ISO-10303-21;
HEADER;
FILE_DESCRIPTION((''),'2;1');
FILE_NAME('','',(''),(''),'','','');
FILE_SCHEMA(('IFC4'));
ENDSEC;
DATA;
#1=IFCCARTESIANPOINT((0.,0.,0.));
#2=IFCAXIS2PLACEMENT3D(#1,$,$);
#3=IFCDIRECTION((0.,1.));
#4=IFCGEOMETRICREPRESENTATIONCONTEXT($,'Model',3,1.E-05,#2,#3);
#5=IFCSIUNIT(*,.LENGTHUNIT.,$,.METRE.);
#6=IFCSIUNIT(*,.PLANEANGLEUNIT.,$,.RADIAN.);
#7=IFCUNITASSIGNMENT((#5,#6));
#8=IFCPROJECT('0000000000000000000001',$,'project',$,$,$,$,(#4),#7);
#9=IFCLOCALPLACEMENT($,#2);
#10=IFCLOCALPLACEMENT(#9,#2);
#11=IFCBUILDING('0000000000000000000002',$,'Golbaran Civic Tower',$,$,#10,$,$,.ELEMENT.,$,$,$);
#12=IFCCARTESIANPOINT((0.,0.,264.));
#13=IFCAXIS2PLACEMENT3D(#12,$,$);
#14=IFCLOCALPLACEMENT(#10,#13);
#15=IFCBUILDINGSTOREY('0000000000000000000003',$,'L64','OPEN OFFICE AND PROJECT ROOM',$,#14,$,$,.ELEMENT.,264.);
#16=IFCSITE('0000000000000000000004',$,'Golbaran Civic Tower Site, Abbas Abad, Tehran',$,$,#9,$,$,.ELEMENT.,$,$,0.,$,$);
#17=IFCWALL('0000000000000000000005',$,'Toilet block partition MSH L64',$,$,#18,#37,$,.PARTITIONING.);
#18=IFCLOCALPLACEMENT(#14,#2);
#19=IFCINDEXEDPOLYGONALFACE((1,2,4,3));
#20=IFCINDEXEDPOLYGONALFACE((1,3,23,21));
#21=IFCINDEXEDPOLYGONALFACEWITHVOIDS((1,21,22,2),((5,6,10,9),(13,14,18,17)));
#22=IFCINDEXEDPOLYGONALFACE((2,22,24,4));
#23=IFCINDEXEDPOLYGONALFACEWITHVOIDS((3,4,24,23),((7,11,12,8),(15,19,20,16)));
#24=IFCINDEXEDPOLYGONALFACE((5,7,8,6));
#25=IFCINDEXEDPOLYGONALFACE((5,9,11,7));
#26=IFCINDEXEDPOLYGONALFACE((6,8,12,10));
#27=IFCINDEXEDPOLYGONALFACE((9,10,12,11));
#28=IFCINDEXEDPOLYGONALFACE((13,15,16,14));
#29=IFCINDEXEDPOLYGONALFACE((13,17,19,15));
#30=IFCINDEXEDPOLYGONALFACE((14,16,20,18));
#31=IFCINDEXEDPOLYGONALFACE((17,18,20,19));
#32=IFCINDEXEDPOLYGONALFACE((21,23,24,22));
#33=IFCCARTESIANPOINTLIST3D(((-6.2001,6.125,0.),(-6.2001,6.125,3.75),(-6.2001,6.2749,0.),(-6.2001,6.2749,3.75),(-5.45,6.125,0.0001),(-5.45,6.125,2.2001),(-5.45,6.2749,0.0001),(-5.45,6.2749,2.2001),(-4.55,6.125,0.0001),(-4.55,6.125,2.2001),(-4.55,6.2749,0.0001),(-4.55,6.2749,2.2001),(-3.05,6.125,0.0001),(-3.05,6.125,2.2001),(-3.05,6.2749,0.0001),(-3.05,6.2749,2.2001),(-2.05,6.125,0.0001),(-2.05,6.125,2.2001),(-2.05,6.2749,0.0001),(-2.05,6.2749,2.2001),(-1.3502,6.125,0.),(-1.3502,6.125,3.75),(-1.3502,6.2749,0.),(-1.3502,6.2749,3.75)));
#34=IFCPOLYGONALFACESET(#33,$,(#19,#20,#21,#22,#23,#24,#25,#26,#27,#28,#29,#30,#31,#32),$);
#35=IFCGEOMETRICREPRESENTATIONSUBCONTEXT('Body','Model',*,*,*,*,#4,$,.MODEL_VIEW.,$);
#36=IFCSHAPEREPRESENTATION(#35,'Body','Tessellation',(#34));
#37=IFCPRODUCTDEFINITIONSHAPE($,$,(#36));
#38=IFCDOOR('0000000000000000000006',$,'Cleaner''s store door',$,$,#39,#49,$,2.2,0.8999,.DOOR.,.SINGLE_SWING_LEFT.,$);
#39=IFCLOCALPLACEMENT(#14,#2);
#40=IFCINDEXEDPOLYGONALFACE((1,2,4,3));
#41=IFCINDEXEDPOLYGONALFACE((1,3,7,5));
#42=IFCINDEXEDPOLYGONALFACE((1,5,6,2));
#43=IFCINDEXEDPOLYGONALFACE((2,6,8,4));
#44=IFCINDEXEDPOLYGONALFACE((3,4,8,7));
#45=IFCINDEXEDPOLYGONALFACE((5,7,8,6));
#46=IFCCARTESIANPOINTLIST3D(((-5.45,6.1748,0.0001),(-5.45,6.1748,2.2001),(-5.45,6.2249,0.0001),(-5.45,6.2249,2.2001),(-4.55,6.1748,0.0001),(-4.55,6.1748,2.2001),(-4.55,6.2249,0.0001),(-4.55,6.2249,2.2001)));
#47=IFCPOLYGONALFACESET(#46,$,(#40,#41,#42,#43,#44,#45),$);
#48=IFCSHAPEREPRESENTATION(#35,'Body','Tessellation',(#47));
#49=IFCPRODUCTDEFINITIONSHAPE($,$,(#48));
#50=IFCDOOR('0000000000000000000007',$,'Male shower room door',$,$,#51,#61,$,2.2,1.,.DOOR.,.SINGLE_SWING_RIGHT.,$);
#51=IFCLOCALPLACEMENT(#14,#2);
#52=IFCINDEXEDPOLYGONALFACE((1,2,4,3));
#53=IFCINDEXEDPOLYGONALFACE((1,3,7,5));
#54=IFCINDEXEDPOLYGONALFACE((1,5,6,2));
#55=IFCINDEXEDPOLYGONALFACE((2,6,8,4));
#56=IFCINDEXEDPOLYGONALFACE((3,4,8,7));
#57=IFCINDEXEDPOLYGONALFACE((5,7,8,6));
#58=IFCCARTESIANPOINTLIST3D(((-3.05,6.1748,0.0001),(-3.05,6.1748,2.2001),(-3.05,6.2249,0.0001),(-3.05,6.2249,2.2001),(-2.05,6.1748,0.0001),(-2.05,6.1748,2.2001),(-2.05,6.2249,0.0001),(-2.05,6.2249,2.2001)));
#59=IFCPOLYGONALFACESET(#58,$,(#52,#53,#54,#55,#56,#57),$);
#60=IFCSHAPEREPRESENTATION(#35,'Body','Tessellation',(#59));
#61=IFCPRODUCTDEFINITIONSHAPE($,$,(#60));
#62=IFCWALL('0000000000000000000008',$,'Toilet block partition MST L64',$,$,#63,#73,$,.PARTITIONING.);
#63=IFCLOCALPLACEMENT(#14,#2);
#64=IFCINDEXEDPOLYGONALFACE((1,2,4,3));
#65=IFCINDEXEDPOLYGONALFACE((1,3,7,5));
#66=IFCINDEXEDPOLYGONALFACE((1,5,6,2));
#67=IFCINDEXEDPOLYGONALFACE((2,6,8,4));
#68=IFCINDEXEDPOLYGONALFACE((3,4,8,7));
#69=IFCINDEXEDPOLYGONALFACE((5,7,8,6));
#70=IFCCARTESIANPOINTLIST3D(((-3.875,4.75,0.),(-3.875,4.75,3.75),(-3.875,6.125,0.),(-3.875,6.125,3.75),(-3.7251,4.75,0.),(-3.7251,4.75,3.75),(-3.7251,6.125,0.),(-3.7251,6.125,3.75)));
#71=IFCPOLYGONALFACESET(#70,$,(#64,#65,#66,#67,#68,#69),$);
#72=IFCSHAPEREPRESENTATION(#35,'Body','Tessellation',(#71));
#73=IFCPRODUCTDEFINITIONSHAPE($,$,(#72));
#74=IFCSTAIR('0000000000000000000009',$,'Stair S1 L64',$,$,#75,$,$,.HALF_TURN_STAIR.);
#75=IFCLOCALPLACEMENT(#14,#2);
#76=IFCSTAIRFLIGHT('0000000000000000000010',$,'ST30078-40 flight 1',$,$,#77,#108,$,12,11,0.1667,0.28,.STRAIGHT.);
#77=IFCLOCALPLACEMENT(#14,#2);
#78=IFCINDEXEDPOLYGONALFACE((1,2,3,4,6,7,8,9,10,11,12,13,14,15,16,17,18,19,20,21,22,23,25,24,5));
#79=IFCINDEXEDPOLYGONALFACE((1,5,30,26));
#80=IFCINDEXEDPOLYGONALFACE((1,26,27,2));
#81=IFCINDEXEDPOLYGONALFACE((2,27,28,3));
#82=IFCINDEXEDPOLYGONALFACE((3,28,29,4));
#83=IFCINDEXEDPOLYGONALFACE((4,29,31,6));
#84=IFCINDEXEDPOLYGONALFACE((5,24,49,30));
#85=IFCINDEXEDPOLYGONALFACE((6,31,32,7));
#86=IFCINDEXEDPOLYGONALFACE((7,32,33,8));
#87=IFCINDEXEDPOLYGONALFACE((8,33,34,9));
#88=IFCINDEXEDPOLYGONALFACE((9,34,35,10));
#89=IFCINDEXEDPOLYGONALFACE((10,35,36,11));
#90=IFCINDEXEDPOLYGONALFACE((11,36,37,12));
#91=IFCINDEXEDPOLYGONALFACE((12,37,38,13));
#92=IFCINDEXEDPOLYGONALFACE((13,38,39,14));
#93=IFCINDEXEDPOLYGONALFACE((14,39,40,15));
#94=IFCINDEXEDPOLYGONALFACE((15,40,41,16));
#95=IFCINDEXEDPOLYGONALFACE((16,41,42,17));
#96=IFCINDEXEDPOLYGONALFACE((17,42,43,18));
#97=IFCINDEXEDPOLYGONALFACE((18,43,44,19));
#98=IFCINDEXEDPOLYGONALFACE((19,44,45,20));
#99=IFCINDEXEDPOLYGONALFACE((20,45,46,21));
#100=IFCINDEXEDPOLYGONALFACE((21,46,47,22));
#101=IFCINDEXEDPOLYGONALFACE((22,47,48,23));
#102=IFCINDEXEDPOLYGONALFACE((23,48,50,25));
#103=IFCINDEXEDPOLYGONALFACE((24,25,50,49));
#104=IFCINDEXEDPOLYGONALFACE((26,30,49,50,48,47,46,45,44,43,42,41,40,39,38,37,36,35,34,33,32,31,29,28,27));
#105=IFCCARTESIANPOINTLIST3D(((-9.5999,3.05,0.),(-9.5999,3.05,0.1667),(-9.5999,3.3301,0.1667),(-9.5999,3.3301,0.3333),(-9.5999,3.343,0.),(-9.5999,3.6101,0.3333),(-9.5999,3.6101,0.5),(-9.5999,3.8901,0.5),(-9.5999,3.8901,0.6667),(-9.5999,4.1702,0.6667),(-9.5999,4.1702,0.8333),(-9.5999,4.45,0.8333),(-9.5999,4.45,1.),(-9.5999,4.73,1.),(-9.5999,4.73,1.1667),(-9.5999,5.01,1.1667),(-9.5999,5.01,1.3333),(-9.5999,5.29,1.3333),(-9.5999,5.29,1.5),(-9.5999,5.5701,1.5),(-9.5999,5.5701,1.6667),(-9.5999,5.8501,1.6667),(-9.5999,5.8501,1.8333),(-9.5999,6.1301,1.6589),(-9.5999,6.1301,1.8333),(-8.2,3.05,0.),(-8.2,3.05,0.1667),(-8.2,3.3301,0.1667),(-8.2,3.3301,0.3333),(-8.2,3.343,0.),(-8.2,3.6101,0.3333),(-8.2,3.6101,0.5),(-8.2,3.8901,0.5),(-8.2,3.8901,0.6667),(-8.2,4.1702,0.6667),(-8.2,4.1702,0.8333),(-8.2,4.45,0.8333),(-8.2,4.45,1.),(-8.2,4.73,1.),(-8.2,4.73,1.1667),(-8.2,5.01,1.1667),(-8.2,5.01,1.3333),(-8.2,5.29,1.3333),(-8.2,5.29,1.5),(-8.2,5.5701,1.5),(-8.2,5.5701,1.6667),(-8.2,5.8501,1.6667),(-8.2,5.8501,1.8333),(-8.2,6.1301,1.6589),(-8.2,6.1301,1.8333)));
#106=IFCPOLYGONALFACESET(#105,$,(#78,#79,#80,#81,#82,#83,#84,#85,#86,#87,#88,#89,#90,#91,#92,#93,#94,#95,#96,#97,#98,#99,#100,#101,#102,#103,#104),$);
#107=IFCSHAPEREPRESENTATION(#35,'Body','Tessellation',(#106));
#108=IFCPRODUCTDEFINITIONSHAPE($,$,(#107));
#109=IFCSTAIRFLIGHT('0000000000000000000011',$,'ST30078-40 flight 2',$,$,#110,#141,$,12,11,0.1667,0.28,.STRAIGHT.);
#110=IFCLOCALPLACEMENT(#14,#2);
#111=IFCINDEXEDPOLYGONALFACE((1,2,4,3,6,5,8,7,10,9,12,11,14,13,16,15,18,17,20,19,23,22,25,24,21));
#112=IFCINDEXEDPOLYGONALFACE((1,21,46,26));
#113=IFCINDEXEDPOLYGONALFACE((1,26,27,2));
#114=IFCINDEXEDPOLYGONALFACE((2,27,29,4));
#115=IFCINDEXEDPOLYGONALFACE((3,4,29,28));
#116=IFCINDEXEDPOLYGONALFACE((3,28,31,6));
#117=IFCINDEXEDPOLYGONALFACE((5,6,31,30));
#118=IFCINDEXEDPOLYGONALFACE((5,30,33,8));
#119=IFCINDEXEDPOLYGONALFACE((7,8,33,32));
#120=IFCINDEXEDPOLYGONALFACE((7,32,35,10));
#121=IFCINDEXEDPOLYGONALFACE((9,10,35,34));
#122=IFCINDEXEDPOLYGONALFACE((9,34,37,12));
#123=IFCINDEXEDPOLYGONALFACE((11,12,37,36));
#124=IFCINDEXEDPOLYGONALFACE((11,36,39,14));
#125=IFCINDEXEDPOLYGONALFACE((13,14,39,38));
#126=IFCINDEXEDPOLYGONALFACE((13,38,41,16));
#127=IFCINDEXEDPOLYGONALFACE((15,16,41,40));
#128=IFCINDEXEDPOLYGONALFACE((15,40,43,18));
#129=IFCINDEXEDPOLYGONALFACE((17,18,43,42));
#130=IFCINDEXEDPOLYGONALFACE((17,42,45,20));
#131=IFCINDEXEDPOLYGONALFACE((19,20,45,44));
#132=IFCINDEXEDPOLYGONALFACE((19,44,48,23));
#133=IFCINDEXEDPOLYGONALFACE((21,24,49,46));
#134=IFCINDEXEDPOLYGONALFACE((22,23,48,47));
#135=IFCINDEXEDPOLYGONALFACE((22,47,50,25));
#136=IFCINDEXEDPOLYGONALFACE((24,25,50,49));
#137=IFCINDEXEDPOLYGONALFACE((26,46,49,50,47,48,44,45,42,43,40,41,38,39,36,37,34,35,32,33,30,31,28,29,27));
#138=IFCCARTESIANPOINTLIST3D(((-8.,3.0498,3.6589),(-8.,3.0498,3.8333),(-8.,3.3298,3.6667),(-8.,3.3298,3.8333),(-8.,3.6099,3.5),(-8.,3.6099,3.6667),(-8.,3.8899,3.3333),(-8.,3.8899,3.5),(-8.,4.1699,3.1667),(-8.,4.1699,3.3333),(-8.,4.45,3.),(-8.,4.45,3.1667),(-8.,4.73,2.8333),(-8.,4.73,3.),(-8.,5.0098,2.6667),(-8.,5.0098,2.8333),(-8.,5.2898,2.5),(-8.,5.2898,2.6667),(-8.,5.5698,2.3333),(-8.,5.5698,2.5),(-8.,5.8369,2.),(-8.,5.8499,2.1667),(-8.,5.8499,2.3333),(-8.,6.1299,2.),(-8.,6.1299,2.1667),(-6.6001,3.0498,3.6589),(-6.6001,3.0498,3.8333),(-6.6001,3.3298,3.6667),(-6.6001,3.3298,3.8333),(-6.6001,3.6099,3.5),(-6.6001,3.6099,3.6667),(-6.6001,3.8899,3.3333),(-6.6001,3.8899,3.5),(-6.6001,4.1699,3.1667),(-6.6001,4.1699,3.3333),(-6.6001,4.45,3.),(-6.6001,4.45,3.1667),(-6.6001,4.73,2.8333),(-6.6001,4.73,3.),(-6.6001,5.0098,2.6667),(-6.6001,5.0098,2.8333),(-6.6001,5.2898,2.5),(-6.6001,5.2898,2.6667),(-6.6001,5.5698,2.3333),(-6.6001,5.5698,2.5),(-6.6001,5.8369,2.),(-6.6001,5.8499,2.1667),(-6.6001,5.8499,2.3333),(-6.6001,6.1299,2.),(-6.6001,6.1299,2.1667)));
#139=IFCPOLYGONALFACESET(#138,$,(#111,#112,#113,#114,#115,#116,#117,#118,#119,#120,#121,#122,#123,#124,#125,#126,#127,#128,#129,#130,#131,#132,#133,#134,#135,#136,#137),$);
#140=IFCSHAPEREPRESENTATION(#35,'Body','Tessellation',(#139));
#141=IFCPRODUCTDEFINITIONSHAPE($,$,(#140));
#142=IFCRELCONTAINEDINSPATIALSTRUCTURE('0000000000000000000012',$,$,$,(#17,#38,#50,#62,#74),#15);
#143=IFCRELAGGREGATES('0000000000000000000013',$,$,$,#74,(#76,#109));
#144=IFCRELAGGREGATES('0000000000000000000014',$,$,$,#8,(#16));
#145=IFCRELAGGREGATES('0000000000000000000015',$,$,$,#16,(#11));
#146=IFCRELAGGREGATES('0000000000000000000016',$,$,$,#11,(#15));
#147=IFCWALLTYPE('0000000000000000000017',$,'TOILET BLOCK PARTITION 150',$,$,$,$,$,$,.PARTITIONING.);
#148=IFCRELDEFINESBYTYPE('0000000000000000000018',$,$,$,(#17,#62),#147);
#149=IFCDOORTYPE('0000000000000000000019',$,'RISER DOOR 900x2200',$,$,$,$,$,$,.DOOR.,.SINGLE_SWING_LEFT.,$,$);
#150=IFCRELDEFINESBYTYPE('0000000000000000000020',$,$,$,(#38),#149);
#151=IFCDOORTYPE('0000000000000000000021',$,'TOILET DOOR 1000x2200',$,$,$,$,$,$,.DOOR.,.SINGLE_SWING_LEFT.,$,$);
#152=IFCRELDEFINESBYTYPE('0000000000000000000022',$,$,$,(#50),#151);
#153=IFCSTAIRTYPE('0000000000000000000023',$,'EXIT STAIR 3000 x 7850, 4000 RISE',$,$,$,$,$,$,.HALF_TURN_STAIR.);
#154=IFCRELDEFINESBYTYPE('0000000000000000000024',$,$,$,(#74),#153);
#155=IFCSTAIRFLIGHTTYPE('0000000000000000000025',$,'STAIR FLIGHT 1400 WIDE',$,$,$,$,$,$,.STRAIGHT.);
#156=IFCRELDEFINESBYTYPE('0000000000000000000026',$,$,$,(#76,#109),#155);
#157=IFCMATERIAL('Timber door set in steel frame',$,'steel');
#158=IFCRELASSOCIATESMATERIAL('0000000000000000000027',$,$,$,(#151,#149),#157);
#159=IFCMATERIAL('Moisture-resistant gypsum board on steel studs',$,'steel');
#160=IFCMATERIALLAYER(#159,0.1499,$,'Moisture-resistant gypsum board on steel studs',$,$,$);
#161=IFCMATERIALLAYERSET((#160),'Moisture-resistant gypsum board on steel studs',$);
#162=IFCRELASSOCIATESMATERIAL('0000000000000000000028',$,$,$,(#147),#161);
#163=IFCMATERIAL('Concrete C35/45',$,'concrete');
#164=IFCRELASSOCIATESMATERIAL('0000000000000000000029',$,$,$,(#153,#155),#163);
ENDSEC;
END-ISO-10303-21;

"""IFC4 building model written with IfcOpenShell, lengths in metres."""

from ifc_helpers import new_model, si_unit, direction, frame, frame_2d, origin, place, context, subcontext, project, spatial, polyline, rectangle, outline, extrude, material, layer, layer_set, type_object, element, fill, aggregate, save


model = new_model("IFC4")

# Units and contexts
model_context = context("Model", 3, precision=1e-05, world=origin(), true_north=direction((0.0, 1.0)))
body_context = subcontext(model_context, "Body", "Model", "MODEL_VIEW")
ifc_project = project(units=[si_unit("LENGTHUNIT", "METRE"), si_unit("PLANEANGLEUNIT", "RADIAN")], contexts=[model_context])

# Site, building, storey
site_placement = place(None, origin())
site = spatial("IfcSite", under=ifc_project, at=site_placement, Name="Golbaran Civic Tower Site, Abbas Abad, Tehran", CompositionType="ELEMENT", RefElevation=0.0)
building_placement = place(site_placement, origin())
building = spatial("IfcBuilding", under=site, at=building_placement, Name="Golbaran Civic Tower", CompositionType="ELEMENT")
storey_placement = place(building_placement, frame((0.0, 0.0, 264.0)))
storey = spatial("IfcBuildingStorey", under=building, at=storey_placement, Name="L64", Description="OPEN OFFICE AND PROJECT ROOM", CompositionType="ELEMENT", Elevation=264.0)

# Shared definitions
ifc_material_1 = material(Name="Timber door set in steel frame", Category="steel")

# Shared definitions
door_type_1 = type_object("IfcDoorType", Name="TOILET DOOR 1000x2200", OperationType="SINGLE_SWING_LEFT", PredefinedType="DOOR", material=ifc_material_1)

# Wall, openings, doors
ifc_material_2 = material(Name="Moisture-resistant gypsum board on steel studs", Category="steel")
ifc_layer_1 = layer(ifc_material_2, 0.1499, Name="Moisture-resistant gypsum board on steel studs")
ifc_layer_set_1 = layer_set([ifc_layer_1], Name="Moisture-resistant gypsum board on steel studs")
wall_type_1 = type_object("IfcWallType", Name="TOILET BLOCK PARTITION 150", PredefinedType="PARTITIONING", material=ifc_layer_set_1)
wall_1_placement = place(storey_placement, frame((-6.2, 6.2, 0.0), z_axis=(0.0, 0.0, 1.0), x_axis=(1.0, 0.0, 0.0)))
wall_1 = element("IfcWall", 1, at=wall_1_placement, inside=storey, type_object=wall_type_1, Name="Toilet block partition MSH L64", PredefinedType="PARTITIONING", context=body_context, shape_type="SweptSolid", body=[
    extrude(rectangle(XDim=4.8499, YDim=0.1499, at=frame_2d((2.4248, 0.0))), origin(), (0.0, 0.0, 1.0), 3.75),
])
opening_1_placement = place(wall_1_placement, frame((3.1499, 0.0, 0.0)))
opening_1 = element("IfcOpeningElement", 2, at=opening_1_placement, cuts=wall_1, PredefinedType="OPENING", context=body_context, shape_type="SweptSolid", body=[
    extrude(rectangle(XDim=1.0, YDim=2.2, at=frame_2d((0.5, 1.1001))), frame((0.0, 0.085, 0.0), z_axis=(0.0, -1.0, 0.0), x_axis=(1.0, 0.0, 0.0)), (0.0, 0.0, 1.0), 0.1699),
])
opening_2_placement = place(wall_1_placement, frame((0.75, 0.0, 0.0)))
opening_2 = element("IfcOpeningElement", 3, at=opening_2_placement, cuts=wall_1, PredefinedType="OPENING", context=body_context, shape_type="SweptSolid", body=[
    extrude(rectangle(XDim=0.8999, YDim=2.2, at=frame_2d((0.45, 1.1001))), frame((0.0, 0.085, 0.0), z_axis=(0.0, -1.0, 0.0), x_axis=(1.0, 0.0, 0.0)), (0.0, 0.0, 1.0), 0.1699),
])
door_type_2 = type_object("IfcDoorType", Name="RISER DOOR 900x2200", OperationType="SINGLE_SWING_LEFT", PredefinedType="DOOR", material=ifc_material_1)
door_1_placement = place(opening_2_placement, origin())
door_1 = element("IfcDoor", 4, at=door_1_placement, inside=storey, type_object=door_type_2, Name="Cleaner's store door", OperationType="SINGLE_SWING_LEFT", OverallHeight=2.2, OverallWidth=0.8999, PredefinedType="DOOR", context=body_context, shape_type="SweptSolid", body=[
    extrude(rectangle(XDim=0.8999, YDim=2.2, at=frame_2d((0.45, 1.1001))), frame((0.0, 0.0249, 0.0), z_axis=(0.0, -1.0, 0.0), x_axis=(1.0, 0.0, 0.0)), (0.0, 0.0, 1.0), 0.05),
])
fill(opening_2, door_1)
door_2_placement = place(opening_1_placement, origin())
door_2 = element("IfcDoor", 5, at=door_2_placement, inside=storey, type_object=door_type_1, Name="Male shower room door", OperationType="SINGLE_SWING_RIGHT", OverallHeight=2.2, OverallWidth=1.0, PredefinedType="DOOR", context=body_context, shape_type="SweptSolid", body=[
    extrude(rectangle(XDim=1.0, YDim=2.2, at=frame_2d((0.5, 1.1001))), frame((0.0, 0.0249, 0.0), z_axis=(0.0, -1.0, 0.0), x_axis=(1.0, 0.0, 0.0)), (0.0, 0.0, 1.0), 0.05),
])
fill(opening_1, door_2)

# Wall
wall_2_placement = place(storey_placement, frame((-3.8, 4.75, 0.0), z_axis=(0.0, 0.0, 1.0), x_axis=(0.0, 1.0, 0.0)))
element("IfcWall", 6, at=wall_2_placement, inside=storey, type_object=wall_type_1, Name="Toilet block partition MST L64", PredefinedType="PARTITIONING", context=body_context, shape_type="SweptSolid", body=[
    extrude(rectangle(XDim=1.375, YDim=0.1499, at=frame_2d((0.6875, 0.0))), origin(), (0.0, 0.0, 1.0), 3.75),
])

# Stair, stair flights
ifc_material_3 = material(Name="Concrete C35/45", Category="concrete")
stair_type = type_object("IfcStairType", Name="EXIT STAIR 3000 x 7850, 4000 RISE", PredefinedType="HALF_TURN_STAIR", material=ifc_material_3)
stair_placement = place(storey_placement, origin())
stair = element("IfcStair", 7, at=stair_placement, inside=storey, type_object=stair_type, Name="Stair S1 L64", PredefinedType="HALF_TURN_STAIR")
stair_flight_type = type_object("IfcStairFlightType", Name="STAIR FLIGHT 1400 WIDE", PredefinedType="STRAIGHT", material=ifc_material_3)
stair_flight_1_placement = place(storey_placement, frame((-8.8999, 3.05, 0.0), z_axis=(0.0, 0.0, 1.0), x_axis=(0.0, 1.0, 0.0)))
stair_flight_1 = element("IfcStairFlight", 8, at=stair_flight_1_placement, type_object=stair_flight_type, Name="ST30078-40 flight 1", NumberOfRisers=12, NumberOfTreads=11, PredefinedType="STRAIGHT", RiserHeight=0.1667, TreadLength=0.28, context=body_context, shape_type="SweptSolid", body=[
    extrude(outline(polyline([(0.0, 0.0), (0.0, 0.1667), (0.28, 0.1667), (0.28, 0.3333), (0.5601, 0.3333), (0.5601, 0.5), (0.8401, 0.5), (0.8401, 0.6667), (1.1201, 0.6667), (1.1201, 0.8333), (1.3999, 0.8333), (1.3999, 1.0), (1.6799, 1.0), (1.6799, 1.1667), (1.96, 1.1667), (1.96, 1.3333), (2.24, 1.3333), (2.24, 1.5), (2.52, 1.5), (2.52, 1.6667), (2.8, 1.6667), (2.8, 1.8333), (3.0801, 1.8333), (3.0801, 2.0), (3.0801, 1.6589), (0.293, 0.0), (0.0, 0.0)])), frame((0.0, 0.7, 0.0), z_axis=(0.0, -1.0, 0.0), x_axis=(1.0, 0.0, 0.0)), (0.0, 0.0, 1.0), 1.3999),
])
stair_flight_2_placement = place(storey_placement, frame((-7.3, 6.1299, 2.0), z_axis=(0.0, 0.0, 1.0), x_axis=(0.0, -1.0, 0.0)))
stair_flight_2 = element("IfcStairFlight", 9, at=stair_flight_2_placement, type_object=stair_flight_type, Name="ST30078-40 flight 2", NumberOfRisers=12, NumberOfTreads=11, PredefinedType="STRAIGHT", RiserHeight=0.1667, TreadLength=0.28, context=body_context, shape_type="SweptSolid", body=[
    extrude(outline(polyline([(0.0, 0.0), (0.0, 0.1667), (0.28, 0.1667), (0.28, 0.3333), (0.5601, 0.3333), (0.5601, 0.5), (0.8401, 0.5), (0.8401, 0.6667), (1.1201, 0.6667), (1.1201, 0.8333), (1.3999, 0.8333), (1.3999, 1.0), (1.6799, 1.0), (1.6799, 1.1667), (1.96, 1.1667), (1.96, 1.3333), (2.24, 1.3333), (2.24, 1.5), (2.52, 1.5), (2.52, 1.6667), (2.8, 1.6667), (2.8, 1.8333), (3.0801, 1.8333), (3.0801, 2.0), (3.0801, 1.6589), (0.293, 0.0), (0.0, 0.0)])), frame((0.0, 0.7, 0.0), z_axis=(0.0, -1.0, 0.0), x_axis=(1.0, 0.0, 0.0)), (0.0, 0.0, 1.0), 1.3999),
])
aggregate(stair, [stair_flight_1, stair_flight_2])

save(model, "model.ifc")
